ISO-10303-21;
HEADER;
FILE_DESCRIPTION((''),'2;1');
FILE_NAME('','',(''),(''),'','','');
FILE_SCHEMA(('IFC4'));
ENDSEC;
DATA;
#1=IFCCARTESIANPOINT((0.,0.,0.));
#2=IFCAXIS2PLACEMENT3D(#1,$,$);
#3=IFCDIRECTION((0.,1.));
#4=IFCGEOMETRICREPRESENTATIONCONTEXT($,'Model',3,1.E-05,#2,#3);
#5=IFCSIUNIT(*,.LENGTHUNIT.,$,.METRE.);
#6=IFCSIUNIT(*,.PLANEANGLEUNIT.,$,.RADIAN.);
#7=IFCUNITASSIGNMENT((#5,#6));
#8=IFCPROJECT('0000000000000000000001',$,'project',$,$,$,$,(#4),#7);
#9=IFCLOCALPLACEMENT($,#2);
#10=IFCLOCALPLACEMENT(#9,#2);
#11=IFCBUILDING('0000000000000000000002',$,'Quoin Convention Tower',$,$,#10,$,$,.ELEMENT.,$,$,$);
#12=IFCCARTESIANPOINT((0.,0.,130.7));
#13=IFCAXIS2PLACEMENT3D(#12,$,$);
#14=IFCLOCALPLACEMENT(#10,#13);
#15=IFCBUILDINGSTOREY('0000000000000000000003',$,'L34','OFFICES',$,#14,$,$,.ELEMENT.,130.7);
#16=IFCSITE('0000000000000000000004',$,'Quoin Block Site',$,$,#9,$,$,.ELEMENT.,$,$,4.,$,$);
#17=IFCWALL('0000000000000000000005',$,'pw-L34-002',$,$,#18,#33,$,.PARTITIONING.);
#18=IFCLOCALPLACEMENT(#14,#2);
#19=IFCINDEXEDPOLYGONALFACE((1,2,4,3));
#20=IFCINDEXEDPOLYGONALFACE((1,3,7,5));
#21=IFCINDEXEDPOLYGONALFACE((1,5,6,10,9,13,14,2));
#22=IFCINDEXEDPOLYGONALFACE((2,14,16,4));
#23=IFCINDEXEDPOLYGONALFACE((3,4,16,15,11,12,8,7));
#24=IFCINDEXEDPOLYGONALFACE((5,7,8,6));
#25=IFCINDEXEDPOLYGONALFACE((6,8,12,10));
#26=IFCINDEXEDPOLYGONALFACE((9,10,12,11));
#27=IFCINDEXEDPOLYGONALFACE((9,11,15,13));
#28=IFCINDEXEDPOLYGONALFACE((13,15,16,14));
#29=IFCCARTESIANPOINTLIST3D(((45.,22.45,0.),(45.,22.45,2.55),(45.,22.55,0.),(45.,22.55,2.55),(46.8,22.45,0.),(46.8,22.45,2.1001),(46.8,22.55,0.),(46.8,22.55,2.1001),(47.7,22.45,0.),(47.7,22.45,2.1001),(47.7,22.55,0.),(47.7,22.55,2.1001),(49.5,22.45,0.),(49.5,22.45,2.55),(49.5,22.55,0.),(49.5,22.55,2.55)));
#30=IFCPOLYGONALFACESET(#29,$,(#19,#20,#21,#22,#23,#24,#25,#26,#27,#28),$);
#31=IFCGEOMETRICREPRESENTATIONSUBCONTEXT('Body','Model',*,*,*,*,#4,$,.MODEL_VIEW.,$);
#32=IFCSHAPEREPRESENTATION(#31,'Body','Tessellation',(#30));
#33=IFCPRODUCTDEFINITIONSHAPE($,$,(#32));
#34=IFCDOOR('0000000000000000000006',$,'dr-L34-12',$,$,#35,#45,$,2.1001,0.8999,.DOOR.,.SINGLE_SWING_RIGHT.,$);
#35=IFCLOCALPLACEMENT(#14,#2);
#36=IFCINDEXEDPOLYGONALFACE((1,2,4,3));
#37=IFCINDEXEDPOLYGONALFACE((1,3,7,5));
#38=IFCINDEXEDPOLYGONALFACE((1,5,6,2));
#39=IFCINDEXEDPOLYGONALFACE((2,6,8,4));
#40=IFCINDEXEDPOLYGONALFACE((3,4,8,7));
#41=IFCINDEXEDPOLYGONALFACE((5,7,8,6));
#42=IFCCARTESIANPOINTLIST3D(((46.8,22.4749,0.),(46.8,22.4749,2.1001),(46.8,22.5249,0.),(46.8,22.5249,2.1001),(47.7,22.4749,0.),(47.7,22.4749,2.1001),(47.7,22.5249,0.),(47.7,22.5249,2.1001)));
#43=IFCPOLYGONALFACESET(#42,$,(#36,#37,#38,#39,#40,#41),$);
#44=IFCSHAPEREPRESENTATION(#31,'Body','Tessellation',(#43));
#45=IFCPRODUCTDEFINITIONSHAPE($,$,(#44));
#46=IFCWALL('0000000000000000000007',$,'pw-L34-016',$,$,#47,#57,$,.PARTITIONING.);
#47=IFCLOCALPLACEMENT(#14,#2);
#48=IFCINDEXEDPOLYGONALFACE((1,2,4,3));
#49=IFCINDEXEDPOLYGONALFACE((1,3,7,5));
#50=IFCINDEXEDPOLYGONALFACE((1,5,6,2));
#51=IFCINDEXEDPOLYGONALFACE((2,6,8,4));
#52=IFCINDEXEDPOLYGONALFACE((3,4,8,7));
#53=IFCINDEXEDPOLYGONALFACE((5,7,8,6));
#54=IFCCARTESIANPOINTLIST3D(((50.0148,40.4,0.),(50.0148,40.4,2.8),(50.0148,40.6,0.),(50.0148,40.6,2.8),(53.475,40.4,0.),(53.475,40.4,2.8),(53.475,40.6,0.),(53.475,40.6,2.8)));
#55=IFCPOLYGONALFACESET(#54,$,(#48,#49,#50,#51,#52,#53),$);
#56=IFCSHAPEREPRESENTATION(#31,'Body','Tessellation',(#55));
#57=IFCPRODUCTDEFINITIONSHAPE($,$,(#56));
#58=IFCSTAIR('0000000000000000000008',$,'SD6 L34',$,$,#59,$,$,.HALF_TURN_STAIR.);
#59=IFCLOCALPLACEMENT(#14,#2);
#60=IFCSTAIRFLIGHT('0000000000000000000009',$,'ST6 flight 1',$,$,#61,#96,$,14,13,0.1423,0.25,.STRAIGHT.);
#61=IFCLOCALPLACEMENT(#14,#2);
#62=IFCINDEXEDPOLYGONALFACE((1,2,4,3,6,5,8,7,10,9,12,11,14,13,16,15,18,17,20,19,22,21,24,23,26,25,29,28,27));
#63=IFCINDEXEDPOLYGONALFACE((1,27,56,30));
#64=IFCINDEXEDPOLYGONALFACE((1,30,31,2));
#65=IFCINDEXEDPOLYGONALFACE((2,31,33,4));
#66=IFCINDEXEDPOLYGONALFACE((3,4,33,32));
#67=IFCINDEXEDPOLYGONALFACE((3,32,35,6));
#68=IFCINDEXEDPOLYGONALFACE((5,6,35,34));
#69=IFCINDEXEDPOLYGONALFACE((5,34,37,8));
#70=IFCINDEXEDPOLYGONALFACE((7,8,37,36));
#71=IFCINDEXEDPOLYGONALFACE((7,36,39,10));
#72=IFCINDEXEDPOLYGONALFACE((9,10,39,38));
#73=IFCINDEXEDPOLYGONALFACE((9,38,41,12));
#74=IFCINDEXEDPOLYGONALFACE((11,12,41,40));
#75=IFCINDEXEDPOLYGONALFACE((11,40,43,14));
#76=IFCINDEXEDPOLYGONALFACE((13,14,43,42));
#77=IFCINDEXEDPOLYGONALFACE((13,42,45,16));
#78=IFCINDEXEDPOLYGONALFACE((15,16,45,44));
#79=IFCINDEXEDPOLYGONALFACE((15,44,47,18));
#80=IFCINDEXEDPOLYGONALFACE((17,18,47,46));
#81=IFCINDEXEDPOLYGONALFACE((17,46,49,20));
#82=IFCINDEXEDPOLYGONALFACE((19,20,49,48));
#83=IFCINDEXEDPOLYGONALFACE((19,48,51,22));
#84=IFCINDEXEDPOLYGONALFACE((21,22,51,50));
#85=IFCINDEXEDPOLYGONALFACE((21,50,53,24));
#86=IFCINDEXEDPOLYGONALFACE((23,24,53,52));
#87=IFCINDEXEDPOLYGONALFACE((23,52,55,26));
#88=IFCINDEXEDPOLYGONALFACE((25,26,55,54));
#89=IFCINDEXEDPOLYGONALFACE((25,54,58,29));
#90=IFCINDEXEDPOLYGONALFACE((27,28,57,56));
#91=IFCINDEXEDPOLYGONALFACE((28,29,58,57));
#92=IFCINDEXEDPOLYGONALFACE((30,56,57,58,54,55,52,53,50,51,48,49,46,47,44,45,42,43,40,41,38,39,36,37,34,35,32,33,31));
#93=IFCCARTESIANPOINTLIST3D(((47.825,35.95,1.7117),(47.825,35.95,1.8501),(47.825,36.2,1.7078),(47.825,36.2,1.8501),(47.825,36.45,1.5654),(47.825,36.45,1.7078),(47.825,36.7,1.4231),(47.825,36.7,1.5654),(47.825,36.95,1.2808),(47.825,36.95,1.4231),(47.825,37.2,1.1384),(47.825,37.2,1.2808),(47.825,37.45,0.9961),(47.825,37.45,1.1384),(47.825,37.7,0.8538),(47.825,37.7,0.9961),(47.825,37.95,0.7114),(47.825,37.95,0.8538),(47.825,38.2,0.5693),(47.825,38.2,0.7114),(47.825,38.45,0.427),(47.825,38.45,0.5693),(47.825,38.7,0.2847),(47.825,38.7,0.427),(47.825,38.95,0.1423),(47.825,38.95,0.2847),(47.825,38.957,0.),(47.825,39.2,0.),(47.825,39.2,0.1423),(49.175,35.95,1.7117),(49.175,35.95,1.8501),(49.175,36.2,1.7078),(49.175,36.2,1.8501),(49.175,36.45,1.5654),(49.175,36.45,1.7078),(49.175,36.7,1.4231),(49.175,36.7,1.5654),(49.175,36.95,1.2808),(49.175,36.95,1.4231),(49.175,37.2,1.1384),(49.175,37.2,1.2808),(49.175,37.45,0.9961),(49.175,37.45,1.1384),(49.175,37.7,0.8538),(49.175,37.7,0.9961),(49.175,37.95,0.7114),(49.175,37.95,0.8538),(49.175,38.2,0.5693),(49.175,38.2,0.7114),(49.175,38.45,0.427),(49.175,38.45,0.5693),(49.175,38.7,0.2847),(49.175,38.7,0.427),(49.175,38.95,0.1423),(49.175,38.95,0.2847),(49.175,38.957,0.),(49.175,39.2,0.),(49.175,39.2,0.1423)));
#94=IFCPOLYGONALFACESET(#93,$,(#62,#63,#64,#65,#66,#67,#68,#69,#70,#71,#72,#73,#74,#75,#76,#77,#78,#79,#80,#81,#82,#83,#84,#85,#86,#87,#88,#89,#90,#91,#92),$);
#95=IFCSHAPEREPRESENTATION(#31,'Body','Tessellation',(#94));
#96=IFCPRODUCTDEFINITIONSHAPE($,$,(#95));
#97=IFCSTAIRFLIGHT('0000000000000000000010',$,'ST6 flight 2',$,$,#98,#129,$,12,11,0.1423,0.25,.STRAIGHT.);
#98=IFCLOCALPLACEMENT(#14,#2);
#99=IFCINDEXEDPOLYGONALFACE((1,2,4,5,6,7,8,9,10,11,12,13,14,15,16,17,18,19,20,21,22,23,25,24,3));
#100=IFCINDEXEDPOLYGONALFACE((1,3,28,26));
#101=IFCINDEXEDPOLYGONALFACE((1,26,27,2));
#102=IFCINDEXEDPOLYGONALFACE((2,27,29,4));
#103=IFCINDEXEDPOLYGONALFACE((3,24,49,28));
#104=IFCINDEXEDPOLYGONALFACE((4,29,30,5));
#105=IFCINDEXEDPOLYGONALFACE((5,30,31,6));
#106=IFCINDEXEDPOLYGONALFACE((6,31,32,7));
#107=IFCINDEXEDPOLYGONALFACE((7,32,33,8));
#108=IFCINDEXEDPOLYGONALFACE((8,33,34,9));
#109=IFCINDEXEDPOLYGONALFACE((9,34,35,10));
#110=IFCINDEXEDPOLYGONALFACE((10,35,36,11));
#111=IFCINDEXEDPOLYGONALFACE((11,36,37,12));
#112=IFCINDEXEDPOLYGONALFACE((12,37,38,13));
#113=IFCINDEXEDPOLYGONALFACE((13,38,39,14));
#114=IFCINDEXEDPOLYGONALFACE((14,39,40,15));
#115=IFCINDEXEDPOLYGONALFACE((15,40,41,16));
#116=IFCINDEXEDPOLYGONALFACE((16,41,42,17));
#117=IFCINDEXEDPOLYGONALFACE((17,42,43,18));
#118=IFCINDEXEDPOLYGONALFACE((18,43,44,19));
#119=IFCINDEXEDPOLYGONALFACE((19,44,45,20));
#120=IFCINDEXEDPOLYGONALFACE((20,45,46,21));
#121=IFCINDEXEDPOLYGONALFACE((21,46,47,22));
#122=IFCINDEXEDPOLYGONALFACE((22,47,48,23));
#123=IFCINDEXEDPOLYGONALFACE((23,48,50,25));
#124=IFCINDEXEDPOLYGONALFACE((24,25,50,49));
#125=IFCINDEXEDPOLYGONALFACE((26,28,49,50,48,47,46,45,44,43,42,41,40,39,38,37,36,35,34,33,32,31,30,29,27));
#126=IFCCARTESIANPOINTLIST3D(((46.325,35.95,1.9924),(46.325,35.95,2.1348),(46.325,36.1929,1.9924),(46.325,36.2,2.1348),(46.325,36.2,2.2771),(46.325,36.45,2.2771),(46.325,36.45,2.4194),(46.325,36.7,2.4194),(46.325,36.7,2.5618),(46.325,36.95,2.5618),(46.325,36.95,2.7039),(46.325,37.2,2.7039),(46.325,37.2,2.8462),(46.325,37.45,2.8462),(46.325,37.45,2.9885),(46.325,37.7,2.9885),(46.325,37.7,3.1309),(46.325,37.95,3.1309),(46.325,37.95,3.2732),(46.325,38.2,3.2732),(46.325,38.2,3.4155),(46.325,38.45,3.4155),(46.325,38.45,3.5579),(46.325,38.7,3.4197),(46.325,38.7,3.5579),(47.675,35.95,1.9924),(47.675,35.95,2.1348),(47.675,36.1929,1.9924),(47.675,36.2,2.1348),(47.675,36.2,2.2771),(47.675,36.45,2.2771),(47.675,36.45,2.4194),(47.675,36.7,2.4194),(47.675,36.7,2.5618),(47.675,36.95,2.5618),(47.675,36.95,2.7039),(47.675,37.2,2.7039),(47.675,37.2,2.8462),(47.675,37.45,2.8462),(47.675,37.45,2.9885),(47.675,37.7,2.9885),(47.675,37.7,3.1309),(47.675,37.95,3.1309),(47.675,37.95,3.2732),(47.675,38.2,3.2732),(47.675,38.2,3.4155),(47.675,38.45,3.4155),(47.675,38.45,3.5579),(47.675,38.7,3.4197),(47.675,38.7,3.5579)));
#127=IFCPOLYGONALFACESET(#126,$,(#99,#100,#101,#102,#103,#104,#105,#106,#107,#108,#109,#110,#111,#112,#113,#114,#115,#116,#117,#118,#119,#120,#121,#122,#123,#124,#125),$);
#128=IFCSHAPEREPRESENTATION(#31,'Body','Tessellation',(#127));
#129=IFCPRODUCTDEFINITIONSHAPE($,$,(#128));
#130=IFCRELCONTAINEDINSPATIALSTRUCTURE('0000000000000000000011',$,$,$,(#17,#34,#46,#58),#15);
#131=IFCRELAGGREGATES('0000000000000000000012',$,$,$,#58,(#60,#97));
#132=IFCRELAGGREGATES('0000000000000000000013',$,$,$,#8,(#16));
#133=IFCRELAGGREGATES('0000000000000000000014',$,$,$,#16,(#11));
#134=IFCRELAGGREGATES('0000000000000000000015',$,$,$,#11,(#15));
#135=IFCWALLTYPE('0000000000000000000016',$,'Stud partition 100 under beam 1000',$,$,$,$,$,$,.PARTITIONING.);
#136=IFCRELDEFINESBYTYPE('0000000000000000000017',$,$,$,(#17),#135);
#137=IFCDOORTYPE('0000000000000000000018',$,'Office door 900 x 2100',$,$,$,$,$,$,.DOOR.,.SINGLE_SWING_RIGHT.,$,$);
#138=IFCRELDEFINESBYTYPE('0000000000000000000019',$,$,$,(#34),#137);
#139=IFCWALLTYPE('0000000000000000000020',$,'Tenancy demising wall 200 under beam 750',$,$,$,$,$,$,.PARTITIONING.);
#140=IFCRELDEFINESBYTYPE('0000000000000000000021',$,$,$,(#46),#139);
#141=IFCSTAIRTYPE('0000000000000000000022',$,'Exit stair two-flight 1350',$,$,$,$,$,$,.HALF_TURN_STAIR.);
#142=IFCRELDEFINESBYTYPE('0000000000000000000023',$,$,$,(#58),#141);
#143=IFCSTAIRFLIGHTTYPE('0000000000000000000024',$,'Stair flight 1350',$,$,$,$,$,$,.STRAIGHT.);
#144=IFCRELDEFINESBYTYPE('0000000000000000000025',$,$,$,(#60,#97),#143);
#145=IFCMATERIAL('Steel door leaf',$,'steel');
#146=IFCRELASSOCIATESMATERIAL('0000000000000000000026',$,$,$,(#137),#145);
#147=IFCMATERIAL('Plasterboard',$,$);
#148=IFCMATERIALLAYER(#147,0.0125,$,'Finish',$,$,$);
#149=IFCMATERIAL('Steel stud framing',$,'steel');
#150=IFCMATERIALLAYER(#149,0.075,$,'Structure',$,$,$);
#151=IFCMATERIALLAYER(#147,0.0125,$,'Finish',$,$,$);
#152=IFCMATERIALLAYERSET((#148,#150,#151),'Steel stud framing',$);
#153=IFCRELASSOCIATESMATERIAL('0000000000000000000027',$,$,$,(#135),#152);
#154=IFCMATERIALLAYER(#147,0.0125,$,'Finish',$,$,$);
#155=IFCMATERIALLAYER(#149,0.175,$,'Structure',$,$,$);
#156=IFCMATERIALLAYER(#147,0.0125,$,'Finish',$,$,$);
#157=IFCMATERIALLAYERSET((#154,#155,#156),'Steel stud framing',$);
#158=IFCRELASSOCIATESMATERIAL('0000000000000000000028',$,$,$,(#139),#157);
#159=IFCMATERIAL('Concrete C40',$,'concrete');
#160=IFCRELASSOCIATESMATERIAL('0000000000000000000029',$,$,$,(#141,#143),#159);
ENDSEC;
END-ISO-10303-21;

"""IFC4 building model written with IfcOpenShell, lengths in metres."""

from ifc_helpers import new_model, si_unit, direction, frame, frame_2d, origin, place, context, subcontext, project, spatial, polyline, rectangle, outline, extrude, material, layer, layer_set, type_object, element, fill, aggregate, save


model = new_model("IFC4")

# Units and contexts
model_context = context("Model", 3, precision=1e-05, world=origin(), true_north=direction((0.0, 1.0)))
body_context = subcontext(model_context, "Body", "Model", "MODEL_VIEW")
ifc_project = project(units=[si_unit("LENGTHUNIT", "METRE"), si_unit("PLANEANGLEUNIT", "RADIAN")], contexts=[model_context])

# Site, building, storey
site_placement = place(None, origin())
site = spatial("IfcSite", under=ifc_project, at=site_placement, Name="Quoin Block Site", CompositionType="ELEMENT", RefElevation=4.0)
building_placement = place(site_placement, origin())
building = spatial("IfcBuilding", under=site, at=building_placement, Name="Quoin Convention Tower", CompositionType="ELEMENT")
storey_placement = place(building_placement, frame((0.0, 0.0, 130.7)))
storey = spatial("IfcBuildingStorey", under=building, at=storey_placement, Name="L34", Description="OFFICES", CompositionType="ELEMENT", Elevation=130.7)

# Shared definitions
ifc_material_1 = material(Name="Plasterboard")
ifc_material_2 = material(Name="Steel stud framing", Category="steel")

# Shared definitions
ifc_material_3 = material(Name="Steel door leaf", Category="steel")

# Shared definitions
door_type_1 = type_object("IfcDoorType", Name="Office door 900 x 2100", OperationType="SINGLE_SWING_RIGHT", PredefinedType="DOOR", material=ifc_material_3)

# Wall, opening, door
ifc_layer_1 = layer(ifc_material_1, 0.0125, Name="Finish")
ifc_layer_2 = layer(ifc_material_2, 0.075, Name="Structure")
ifc_layer_3 = layer(ifc_material_1, 0.0125, Name="Finish")
ifc_layer_set_1 = layer_set([ifc_layer_1, ifc_layer_2, ifc_layer_3], Name="Steel stud framing")
wall_type_1 = type_object("IfcWallType", Name="Stud partition 100 under beam 1000", PredefinedType="PARTITIONING", material=ifc_layer_set_1)
wall_1_placement = place(storey_placement, frame((45.0, 22.5, 0.0), z_axis=(0.0, 0.0, 1.0), x_axis=(1.0, 0.0, 0.0)))
wall_1 = element("IfcWall", 1, at=wall_1_placement, inside=storey, type_object=wall_type_1, Name="pw-L34-002", PredefinedType="PARTITIONING", context=body_context, shape_type="SweptSolid", body=[
    extrude(rectangle(XDim=4.5, YDim=0.1001, at=frame_2d((2.25, 0.0))), origin(), (0.0, 0.0, 1.0), 2.55),
])
opening_1_placement = place(wall_1_placement, frame((1.8, 0.0, 0.0)))
opening_1 = element("IfcOpeningElement", 2, at=opening_1_placement, cuts=wall_1, PredefinedType="OPENING", context=body_context, shape_type="SweptSolid", body=[
    extrude(rectangle(XDim=0.8999, YDim=2.1001, at=frame_2d((0.45, 1.05))), frame((0.0, 0.0601, 0.0), z_axis=(0.0, -1.0, 0.0), x_axis=(1.0, 0.0, 0.0)), (0.0, 0.0, 1.0), 0.1201),
])
door_1_placement = place(opening_1_placement, origin())
door_1 = element("IfcDoor", 3, at=door_1_placement, inside=storey, type_object=door_type_1, Name="dr-L34-12", OperationType="SINGLE_SWING_RIGHT", OverallHeight=2.1001, OverallWidth=0.8999, PredefinedType="DOOR", context=body_context, shape_type="SweptSolid", body=[
    extrude(rectangle(XDim=0.8999, YDim=2.1001, at=frame_2d((0.45, 1.05))), frame((0.0, 0.0249, 0.0), z_axis=(0.0, -1.0, 0.0), x_axis=(1.0, 0.0, 0.0)), (0.0, 0.0, 1.0), 0.05),
])
fill(opening_1, door_1)

# Wall
ifc_layer_4 = layer(ifc_material_1, 0.0125, Name="Finish")
ifc_layer_5 = layer(ifc_material_2, 0.175, Name="Structure")
ifc_layer_6 = layer(ifc_material_1, 0.0125, Name="Finish")
ifc_layer_set_2 = layer_set([ifc_layer_4, ifc_layer_5, ifc_layer_6], Name="Steel stud framing")
wall_type_2 = type_object("IfcWallType", Name="Tenancy demising wall 200 under beam 750", PredefinedType="PARTITIONING", material=ifc_layer_set_2)
wall_2_placement = place(storey_placement, frame((50.0149, 40.5, 0.0), z_axis=(0.0, 0.0, 1.0), x_axis=(1.0, 0.0, 0.0)))
element("IfcWall", 4, at=wall_2_placement, inside=storey, type_object=wall_type_2, Name="pw-L34-016", PredefinedType="PARTITIONING", context=body_context, shape_type="SweptSolid", body=[
    extrude(rectangle(XDim=3.4602, YDim=0.2, at=frame_2d((1.73, 0.0))), origin(), (0.0, 0.0, 1.0), 2.8),
])

# Stair, stair flights
ifc_material_4 = material(Name="Concrete C40", Category="concrete")
stair_type = type_object("IfcStairType", Name="Exit stair two-flight 1350", PredefinedType="HALF_TURN_STAIR", material=ifc_material_4)
stair_placement = place(storey_placement, origin())
stair = element("IfcStair", 5, at=stair_placement, inside=storey, type_object=stair_type, Name="SD6 L34", PredefinedType="HALF_TURN_STAIR")
stair_flight_type = type_object("IfcStairFlightType", Name="Stair flight 1350", PredefinedType="STRAIGHT", material=ifc_material_4)
stair_flight_1_placement = place(storey_placement, frame((48.5, 39.2, 0.0), z_axis=(0.0, 0.0, 1.0), x_axis=(0.0, -1.0, 0.0)))
stair_flight_1 = element("IfcStairFlight", 6, at=stair_flight_1_placement, type_object=stair_flight_type, Name="ST6 flight 1", NumberOfRisers=14, NumberOfTreads=13, PredefinedType="STRAIGHT", RiserHeight=0.1423, TreadLength=0.25, context=body_context, shape_type="SweptSolid", body=[
    extrude(outline(polyline([(0.0, 0.0), (0.0, 0.1423), (0.25, 0.1423), (0.25, 0.2847), (0.5, 0.2847), (0.5, 0.427), (0.75, 0.427), (0.75, 0.5693), (1.0, 0.5693), (1.0, 0.7114), (1.25, 0.7114), (1.25, 0.8538), (1.5, 0.8538), (1.5, 0.9961), (1.75, 0.9961), (1.75, 1.1384), (2.0, 1.1384), (2.0, 1.2808), (2.25, 1.2808), (2.25, 1.4231), (2.5, 1.4231), (2.5, 1.5654), (2.75, 1.5654), (2.75, 1.7078), (3.0, 1.7078), (3.0, 1.8501), (3.25, 1.8501), (3.25, 1.9922), (3.25, 1.7117), (0.2429, 0.0), (0.0, 0.0)])), frame((0.0, 0.675, 0.0), z_axis=(0.0, -1.0, 0.0), x_axis=(1.0, 0.0, 0.0)), (0.0, 0.0, 1.0), 1.3501),
])
stair_flight_2_placement = place(storey_placement, frame((47.0, 35.95, 1.9924), z_axis=(0.0, 0.0, 1.0), x_axis=(0.0, 1.0, 0.0)))
stair_flight_2 = element("IfcStairFlight", 7, at=stair_flight_2_placement, type_object=stair_flight_type, Name="ST6 flight 2", NumberOfRisers=12, NumberOfTreads=11, PredefinedType="STRAIGHT", RiserHeight=0.1423, TreadLength=0.25, context=body_context, shape_type="SweptSolid", body=[
    extrude(outline(polyline([(0.0, 0.0), (0.0, 0.1423), (0.25, 0.1423), (0.25, 0.2847), (0.5, 0.2847), (0.5, 0.427), (0.75, 0.427), (0.75, 0.5693), (1.0, 0.5693), (1.0, 0.7114), (1.25, 0.7114), (1.25, 0.8538), (1.5, 0.8538), (1.5, 0.9961), (1.75, 0.9961), (1.75, 1.1384), (2.0, 1.1384), (2.0, 1.2808), (2.25, 1.2808), (2.25, 1.4231), (2.5, 1.4231), (2.5, 1.5654), (2.75, 1.5654), (2.75, 1.7078), (2.75, 1.4272), (0.2429, 0.0), (0.0, 0.0)])), frame((0.0, 0.675, 0.0), z_axis=(0.0, -1.0, 0.0), x_axis=(1.0, 0.0, 0.0)), (0.0, 0.0, 1.0), 1.3501),
])
aggregate(stair, [stair_flight_1, stair_flight_2])

save(model, "model.ifc")
